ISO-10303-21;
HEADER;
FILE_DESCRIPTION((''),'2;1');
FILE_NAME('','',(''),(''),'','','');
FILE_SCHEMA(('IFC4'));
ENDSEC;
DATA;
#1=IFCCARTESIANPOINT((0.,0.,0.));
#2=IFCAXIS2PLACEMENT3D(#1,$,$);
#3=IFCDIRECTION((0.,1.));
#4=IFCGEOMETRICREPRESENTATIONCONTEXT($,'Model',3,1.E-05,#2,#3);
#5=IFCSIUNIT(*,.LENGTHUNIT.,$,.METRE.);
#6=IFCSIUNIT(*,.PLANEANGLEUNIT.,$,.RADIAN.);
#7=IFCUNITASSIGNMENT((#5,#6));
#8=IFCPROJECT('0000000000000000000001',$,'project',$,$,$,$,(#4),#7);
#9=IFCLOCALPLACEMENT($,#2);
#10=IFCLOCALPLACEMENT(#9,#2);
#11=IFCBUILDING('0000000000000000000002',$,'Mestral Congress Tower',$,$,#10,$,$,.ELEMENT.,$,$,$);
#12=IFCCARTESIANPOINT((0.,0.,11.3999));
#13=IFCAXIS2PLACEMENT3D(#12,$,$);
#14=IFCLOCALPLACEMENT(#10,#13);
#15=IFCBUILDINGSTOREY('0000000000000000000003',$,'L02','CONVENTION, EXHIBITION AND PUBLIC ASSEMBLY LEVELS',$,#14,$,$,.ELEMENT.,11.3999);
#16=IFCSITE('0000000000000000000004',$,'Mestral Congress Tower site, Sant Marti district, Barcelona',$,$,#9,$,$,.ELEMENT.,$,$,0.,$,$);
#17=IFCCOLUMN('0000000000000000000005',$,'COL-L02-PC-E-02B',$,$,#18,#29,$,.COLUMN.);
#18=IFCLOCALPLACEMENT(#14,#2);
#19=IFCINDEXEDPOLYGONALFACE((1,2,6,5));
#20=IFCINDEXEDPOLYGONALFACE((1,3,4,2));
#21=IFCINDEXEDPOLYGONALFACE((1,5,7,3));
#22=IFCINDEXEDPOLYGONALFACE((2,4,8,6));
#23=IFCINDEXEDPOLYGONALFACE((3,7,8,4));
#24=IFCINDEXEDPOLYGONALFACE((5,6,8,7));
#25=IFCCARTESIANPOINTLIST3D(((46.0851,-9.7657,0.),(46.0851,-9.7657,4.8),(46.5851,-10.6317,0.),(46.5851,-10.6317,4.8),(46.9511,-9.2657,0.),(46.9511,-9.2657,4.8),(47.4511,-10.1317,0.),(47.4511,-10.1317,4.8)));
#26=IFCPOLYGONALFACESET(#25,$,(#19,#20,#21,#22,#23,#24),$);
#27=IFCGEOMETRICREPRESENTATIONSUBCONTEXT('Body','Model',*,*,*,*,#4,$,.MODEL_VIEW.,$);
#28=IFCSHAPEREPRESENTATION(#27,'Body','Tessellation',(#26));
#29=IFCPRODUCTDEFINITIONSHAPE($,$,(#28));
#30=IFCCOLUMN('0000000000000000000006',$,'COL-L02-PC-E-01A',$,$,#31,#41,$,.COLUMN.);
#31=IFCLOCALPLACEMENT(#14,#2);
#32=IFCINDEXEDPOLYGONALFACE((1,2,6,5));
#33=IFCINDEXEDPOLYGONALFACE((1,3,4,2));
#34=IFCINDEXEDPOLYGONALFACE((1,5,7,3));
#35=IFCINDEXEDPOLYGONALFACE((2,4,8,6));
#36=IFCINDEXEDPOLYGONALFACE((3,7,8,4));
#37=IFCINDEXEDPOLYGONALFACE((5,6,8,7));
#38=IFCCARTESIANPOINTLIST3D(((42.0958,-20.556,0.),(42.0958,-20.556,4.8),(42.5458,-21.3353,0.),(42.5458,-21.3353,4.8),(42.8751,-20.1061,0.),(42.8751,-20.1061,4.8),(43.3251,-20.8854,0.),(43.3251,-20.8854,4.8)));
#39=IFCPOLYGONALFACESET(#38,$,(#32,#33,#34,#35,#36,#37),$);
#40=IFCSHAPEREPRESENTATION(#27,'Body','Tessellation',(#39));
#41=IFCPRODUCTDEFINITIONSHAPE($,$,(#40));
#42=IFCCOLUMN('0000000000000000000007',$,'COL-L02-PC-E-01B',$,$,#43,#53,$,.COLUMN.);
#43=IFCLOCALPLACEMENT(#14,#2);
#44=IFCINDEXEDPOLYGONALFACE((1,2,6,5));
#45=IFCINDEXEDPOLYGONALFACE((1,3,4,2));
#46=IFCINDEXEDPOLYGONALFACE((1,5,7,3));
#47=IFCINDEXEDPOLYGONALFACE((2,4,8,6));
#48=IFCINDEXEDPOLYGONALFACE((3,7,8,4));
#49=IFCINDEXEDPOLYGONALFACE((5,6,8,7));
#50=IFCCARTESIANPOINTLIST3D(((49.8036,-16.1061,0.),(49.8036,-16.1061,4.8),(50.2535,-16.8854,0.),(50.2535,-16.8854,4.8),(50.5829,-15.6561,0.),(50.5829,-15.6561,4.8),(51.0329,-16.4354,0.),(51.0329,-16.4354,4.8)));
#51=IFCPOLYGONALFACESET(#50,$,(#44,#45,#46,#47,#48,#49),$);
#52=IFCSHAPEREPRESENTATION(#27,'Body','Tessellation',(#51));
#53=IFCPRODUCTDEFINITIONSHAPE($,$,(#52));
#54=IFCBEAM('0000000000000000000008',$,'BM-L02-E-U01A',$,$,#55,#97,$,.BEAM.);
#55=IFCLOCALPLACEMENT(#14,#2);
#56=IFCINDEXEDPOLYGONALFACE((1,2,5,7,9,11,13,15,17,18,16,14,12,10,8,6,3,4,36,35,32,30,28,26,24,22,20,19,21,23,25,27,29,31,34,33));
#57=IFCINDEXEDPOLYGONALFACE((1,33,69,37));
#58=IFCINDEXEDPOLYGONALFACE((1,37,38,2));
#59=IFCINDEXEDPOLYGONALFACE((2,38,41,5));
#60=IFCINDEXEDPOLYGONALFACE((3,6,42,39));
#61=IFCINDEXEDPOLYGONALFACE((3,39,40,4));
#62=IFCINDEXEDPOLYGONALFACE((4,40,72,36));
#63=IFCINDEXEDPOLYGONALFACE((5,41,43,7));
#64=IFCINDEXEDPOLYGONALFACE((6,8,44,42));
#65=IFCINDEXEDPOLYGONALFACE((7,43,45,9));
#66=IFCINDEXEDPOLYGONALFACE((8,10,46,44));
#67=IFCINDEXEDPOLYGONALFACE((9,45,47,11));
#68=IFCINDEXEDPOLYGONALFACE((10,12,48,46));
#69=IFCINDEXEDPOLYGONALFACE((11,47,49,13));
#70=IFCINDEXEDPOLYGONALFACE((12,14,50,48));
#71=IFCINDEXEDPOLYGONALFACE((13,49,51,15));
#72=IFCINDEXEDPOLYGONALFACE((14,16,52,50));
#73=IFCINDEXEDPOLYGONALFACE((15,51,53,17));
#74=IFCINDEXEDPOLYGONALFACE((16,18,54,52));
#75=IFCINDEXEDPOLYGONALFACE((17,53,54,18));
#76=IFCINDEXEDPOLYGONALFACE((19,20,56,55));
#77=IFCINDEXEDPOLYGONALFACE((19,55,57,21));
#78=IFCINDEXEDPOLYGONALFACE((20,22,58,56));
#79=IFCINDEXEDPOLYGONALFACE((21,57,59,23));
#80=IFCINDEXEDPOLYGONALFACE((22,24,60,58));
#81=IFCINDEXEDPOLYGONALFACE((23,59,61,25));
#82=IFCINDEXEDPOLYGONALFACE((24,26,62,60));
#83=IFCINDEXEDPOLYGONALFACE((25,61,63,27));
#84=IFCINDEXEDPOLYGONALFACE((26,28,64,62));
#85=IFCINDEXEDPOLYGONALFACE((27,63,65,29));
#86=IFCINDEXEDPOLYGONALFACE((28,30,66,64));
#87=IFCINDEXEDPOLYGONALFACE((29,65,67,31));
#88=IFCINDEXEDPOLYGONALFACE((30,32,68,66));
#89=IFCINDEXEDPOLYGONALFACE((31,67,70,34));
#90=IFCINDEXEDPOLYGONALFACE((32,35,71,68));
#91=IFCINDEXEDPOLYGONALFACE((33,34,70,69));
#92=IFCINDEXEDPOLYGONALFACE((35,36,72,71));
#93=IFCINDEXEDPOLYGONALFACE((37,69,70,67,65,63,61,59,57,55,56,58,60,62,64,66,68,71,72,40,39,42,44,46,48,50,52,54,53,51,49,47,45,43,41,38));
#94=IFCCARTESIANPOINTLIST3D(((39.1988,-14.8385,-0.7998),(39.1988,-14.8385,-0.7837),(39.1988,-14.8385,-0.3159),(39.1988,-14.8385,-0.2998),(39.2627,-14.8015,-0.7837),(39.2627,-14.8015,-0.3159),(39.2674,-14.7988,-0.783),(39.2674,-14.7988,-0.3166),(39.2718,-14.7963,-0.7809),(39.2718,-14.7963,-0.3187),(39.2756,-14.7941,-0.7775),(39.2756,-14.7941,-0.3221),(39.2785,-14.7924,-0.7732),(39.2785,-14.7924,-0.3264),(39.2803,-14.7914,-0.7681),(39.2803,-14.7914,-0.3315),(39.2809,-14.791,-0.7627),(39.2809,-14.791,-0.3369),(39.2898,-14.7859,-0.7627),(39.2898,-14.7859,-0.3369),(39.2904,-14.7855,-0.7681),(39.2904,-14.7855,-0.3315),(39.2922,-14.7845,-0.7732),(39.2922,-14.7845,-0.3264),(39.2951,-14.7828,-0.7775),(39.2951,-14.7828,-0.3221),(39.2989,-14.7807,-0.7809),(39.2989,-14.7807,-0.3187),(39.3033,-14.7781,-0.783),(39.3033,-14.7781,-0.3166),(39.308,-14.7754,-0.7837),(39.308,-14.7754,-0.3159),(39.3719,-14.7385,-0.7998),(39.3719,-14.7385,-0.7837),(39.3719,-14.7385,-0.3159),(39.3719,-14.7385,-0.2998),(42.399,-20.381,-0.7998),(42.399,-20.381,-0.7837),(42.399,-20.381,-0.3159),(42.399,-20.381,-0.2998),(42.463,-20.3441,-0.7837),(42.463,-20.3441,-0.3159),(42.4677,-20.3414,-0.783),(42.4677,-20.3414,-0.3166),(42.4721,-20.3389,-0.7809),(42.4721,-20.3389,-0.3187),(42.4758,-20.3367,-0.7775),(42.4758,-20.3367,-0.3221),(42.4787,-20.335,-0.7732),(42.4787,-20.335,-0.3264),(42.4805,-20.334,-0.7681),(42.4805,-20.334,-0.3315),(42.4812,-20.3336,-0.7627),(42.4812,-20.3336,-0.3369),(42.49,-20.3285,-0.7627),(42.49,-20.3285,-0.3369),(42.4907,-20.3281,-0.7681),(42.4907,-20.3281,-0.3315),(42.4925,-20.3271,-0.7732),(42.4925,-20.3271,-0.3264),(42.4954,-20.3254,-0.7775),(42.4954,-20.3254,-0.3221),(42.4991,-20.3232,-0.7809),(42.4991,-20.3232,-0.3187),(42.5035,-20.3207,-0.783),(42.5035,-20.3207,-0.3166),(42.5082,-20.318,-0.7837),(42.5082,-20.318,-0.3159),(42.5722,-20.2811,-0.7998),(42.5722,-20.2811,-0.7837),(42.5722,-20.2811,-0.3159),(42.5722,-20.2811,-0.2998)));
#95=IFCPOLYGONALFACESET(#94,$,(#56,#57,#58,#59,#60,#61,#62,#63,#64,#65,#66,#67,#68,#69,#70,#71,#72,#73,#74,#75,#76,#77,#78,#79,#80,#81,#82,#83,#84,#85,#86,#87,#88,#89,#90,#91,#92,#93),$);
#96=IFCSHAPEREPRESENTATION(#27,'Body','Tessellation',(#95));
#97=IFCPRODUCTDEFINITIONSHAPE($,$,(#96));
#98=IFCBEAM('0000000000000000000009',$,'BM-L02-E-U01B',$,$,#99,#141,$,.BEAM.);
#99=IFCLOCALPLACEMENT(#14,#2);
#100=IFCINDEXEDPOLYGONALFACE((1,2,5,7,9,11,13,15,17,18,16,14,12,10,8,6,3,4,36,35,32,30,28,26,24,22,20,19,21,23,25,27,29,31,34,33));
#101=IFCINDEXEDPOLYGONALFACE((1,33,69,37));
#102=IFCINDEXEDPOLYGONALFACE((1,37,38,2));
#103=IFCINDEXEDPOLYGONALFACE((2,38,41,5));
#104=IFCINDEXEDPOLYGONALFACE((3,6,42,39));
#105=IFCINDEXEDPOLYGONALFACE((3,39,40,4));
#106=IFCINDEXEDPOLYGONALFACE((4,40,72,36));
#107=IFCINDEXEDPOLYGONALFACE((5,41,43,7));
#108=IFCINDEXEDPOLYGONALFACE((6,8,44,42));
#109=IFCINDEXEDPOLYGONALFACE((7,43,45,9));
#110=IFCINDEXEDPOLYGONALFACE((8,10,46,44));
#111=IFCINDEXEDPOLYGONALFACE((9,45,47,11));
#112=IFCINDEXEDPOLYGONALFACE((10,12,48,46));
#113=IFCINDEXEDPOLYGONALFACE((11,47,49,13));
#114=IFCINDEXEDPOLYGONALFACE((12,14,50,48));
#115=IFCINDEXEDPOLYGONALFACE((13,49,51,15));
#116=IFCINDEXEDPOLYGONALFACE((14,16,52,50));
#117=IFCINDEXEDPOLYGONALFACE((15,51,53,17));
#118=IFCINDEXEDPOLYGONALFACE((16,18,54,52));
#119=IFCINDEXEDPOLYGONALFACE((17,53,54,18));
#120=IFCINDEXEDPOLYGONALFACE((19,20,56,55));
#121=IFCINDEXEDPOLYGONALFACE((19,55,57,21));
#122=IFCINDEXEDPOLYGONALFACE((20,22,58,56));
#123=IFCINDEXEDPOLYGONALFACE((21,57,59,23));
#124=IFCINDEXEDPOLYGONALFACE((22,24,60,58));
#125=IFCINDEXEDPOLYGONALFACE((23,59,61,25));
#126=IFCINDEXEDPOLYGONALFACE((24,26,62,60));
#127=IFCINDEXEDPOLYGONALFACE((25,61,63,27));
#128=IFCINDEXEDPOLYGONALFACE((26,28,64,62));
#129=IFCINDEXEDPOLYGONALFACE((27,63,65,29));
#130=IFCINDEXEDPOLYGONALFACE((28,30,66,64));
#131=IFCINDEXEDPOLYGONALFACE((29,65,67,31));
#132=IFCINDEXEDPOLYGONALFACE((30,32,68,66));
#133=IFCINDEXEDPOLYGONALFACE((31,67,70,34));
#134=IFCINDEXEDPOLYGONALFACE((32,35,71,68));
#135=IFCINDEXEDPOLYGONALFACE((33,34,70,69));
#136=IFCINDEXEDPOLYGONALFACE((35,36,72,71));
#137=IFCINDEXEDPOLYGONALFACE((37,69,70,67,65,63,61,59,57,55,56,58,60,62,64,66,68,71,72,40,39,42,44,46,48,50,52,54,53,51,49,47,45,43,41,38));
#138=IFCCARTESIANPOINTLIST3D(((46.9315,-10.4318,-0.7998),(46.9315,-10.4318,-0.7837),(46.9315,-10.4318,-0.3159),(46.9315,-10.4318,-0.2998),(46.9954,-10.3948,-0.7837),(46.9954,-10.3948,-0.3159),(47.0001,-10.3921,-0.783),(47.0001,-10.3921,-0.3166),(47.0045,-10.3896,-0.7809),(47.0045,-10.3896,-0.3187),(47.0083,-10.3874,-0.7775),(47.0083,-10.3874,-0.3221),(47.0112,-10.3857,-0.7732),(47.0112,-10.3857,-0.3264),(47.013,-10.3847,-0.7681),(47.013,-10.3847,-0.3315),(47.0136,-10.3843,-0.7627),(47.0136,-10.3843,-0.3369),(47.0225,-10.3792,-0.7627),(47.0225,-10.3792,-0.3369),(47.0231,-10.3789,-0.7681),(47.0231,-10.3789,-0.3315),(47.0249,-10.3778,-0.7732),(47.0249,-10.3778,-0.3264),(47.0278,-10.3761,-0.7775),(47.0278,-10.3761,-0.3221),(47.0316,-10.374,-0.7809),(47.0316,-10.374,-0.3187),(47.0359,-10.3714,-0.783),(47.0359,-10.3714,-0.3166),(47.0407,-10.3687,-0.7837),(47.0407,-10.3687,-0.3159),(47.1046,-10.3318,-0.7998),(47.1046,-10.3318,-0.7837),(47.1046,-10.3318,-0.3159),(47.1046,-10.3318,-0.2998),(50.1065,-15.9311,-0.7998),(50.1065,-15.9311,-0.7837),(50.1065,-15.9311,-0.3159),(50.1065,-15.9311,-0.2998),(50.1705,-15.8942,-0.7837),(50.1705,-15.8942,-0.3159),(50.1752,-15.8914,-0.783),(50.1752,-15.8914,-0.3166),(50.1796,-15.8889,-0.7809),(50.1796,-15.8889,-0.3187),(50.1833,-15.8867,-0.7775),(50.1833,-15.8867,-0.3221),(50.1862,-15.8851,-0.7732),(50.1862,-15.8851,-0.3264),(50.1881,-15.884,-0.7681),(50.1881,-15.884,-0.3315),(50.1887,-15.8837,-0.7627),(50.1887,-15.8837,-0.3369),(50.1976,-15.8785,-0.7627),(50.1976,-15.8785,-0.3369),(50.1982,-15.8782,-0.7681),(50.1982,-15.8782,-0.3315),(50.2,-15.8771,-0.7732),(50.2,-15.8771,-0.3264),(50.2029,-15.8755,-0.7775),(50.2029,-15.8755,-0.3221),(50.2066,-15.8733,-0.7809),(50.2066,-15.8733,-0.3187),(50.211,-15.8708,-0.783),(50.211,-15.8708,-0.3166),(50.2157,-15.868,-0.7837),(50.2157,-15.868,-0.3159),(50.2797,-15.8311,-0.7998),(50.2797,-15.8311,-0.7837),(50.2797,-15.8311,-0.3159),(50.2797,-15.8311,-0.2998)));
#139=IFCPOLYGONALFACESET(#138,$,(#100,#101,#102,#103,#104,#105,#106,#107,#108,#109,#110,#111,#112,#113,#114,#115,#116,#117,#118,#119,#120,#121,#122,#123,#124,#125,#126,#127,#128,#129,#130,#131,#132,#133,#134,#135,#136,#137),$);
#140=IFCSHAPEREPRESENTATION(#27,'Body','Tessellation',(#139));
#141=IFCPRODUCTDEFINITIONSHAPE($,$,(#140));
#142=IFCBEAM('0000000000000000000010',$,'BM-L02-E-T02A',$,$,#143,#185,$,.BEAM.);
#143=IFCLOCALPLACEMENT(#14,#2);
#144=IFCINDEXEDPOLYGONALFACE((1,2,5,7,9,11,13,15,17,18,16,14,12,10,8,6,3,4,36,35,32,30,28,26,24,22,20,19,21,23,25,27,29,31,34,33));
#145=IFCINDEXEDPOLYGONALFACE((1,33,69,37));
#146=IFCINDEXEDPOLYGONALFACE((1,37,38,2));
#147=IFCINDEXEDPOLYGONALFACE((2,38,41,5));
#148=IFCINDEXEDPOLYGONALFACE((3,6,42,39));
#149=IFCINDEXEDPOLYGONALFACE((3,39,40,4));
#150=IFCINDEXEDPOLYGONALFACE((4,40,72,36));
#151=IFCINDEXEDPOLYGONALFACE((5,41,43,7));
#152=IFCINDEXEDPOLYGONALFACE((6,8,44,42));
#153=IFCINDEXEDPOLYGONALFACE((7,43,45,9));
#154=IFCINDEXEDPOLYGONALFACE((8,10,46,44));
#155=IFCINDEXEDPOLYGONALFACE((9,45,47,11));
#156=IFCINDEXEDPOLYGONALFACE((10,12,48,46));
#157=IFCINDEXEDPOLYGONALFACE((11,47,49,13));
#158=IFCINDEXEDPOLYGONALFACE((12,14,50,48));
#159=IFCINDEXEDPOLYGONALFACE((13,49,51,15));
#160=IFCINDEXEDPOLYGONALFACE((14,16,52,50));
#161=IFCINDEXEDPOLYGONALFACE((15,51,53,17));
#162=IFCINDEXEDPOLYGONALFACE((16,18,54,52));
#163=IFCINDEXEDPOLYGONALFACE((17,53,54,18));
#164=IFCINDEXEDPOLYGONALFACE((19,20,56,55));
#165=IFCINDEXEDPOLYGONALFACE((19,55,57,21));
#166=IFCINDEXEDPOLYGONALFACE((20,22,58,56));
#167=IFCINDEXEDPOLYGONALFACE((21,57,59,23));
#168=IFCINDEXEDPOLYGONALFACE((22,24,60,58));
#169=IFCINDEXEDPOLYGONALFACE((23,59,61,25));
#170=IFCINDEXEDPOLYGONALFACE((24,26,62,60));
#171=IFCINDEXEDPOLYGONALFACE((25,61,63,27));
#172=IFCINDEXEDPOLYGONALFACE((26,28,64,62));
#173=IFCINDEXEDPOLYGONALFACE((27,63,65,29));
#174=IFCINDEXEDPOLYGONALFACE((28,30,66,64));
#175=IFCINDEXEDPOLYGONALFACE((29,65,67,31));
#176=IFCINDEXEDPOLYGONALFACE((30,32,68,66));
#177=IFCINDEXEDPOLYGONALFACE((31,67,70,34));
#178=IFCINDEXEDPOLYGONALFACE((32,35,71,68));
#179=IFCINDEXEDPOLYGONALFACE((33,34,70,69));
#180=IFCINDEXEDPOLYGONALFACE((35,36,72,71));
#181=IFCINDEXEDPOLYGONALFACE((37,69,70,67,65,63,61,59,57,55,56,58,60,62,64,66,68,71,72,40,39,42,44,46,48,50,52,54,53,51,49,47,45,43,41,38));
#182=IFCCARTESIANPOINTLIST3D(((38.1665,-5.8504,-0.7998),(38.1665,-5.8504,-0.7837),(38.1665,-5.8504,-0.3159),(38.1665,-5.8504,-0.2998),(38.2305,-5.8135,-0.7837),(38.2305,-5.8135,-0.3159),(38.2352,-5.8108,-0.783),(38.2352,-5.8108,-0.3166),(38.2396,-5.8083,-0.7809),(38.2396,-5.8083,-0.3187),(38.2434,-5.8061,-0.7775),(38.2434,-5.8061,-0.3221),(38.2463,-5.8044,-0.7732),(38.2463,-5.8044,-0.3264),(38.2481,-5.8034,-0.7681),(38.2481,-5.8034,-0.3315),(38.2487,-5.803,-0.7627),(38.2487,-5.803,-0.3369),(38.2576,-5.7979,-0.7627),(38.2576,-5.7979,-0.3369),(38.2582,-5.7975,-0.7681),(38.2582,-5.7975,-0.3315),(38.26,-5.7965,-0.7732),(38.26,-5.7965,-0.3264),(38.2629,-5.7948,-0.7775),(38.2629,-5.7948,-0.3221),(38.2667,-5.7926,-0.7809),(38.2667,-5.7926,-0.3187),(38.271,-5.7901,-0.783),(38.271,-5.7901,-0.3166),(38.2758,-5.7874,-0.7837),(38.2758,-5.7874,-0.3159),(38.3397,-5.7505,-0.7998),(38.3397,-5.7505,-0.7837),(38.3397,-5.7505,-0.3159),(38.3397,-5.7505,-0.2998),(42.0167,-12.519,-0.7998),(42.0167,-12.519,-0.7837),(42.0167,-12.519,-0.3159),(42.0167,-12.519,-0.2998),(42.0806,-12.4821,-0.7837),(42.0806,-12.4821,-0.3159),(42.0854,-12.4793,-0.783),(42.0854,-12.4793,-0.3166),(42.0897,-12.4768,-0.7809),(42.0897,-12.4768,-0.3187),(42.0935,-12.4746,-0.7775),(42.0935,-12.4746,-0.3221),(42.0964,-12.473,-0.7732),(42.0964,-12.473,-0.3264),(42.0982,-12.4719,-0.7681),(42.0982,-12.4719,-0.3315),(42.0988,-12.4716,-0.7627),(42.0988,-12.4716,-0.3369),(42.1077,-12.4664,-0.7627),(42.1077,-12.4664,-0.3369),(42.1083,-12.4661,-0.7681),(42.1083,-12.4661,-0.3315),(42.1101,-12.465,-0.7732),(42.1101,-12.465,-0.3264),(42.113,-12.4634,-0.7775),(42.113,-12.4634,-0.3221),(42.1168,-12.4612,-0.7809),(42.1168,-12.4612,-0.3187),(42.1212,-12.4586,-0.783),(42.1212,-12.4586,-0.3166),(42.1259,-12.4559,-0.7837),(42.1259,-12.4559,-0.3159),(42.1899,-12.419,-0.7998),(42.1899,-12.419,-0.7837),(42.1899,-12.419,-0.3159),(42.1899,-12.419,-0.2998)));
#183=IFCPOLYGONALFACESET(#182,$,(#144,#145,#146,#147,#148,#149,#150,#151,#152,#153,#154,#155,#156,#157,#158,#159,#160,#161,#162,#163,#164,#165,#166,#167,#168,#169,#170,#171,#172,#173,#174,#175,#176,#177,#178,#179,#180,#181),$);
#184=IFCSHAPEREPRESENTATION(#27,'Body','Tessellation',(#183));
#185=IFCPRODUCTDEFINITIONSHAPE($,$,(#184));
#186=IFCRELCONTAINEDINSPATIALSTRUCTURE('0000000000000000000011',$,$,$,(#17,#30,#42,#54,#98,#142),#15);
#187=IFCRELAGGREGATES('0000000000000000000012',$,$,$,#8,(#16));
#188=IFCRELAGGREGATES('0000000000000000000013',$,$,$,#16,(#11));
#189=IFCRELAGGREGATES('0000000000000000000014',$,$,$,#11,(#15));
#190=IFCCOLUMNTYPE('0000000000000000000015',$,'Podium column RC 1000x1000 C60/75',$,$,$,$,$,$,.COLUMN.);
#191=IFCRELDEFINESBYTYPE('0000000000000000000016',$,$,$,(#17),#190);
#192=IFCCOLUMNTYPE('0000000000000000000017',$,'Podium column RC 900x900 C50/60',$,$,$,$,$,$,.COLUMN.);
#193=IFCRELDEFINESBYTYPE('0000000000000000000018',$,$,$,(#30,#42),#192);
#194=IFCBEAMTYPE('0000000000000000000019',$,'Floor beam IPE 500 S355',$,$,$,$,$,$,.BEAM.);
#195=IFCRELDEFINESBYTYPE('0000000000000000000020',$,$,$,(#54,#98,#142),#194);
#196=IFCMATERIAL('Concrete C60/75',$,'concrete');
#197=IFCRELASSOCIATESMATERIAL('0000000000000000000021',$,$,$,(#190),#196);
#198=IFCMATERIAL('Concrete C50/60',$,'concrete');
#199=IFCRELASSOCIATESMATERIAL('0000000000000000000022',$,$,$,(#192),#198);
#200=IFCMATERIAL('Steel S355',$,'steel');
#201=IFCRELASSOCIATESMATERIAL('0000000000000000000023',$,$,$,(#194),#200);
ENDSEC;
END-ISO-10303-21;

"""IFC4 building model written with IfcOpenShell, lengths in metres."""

from ifc_helpers import new_model, si_unit, direction, frame, origin, origin_2d, place, context, subcontext, project, spatial, rectangle, i_section, extrude, material, material_profile, profile_set, type_object, element, save


model = new_model("IFC4")

# Units and contexts
model_context = context("Model", 3, precision=1e-05, world=origin(), true_north=direction((0.0, 1.0)))
body_context = subcontext(model_context, "Body", "Model", "MODEL_VIEW")
ifc_project = project(units=[si_unit("LENGTHUNIT", "METRE"), si_unit("PLANEANGLEUNIT", "RADIAN")], contexts=[model_context])

# Site, building, storey
site_placement = place(None, origin())
site = spatial("IfcSite", under=ifc_project, at=site_placement, Name="Mestral Congress Tower site, Sant Marti district, Barcelona", CompositionType="ELEMENT", RefElevation=0.0)
building_placement = place(site_placement, origin())
building = spatial("IfcBuilding", under=site, at=building_placement, Name="Mestral Congress Tower", CompositionType="ELEMENT")
storey_placement = place(building_placement, frame((0.0, 0.0, 11.3999)))
storey = spatial("IfcBuildingStorey", under=building, at=storey_placement, Name="L02", Description="CONVENTION, EXHIBITION AND PUBLIC ASSEMBLY LEVELS", CompositionType="ELEMENT", Elevation=11.3999)

# Columns
ifc_material_1 = material(Name="Concrete C60/75", Category="concrete")
ifc_material_profile_1 = material_profile(ifc_material_1, rectangle(XDim=1.0, YDim=1.0, at=origin_2d()), Name="RC 1000x1000")
ifc_profile_set_1 = profile_set([ifc_material_profile_1], Name="Concrete C60/75")
column_type_1 = type_object("IfcColumnType", Name="Podium column RC 1000x1000 C60/75", PredefinedType="COLUMN", material=ifc_profile_set_1)
column_placement = place(storey_placement, frame((46.7681, -9.9487, 0.0), z_axis=(0.0, 0.0, 1.0), x_axis=(-0.5, 0.866025, 0.0)))
element("IfcColumn", 1, at=column_placement, inside=storey, type_object=column_type_1, Name="COL-L02-PC-E-02B", PredefinedType="COLUMN", context=body_context, shape_type="SweptSolid", body=[
    extrude(rectangle(XDim=1.0, YDim=1.0, at=origin_2d()), origin(), (0.0, 0.0, 1.0), 4.8),
])
ifc_material_2 = material(Name="Concrete C50/60", Category="concrete")
ifc_material_profile_2 = material_profile(ifc_material_2, rectangle(XDim=0.8999, YDim=0.8999, at=origin_2d()), Name="RC 900x900")
ifc_profile_set_2 = profile_set([ifc_material_profile_2], Name="Concrete C50/60")
column_type_2 = type_object("IfcColumnType", Name="Podium column RC 900x900 C50/60", PredefinedType="COLUMN", material=ifc_profile_set_2)
for number, where, z_axis, x_axis, name in (
    (2, (42.7104, -20.7207, 0.0), (0.0, 0.0, 1.0), (-0.5, 0.866025, 0.0), "COL-L02-PC-E-01A"),
    (3, (50.4182, -16.2708, 0.0), (0.0, 0.0, 1.0), (-0.5, 0.866025, 0.0), "COL-L02-PC-E-01B"),
):
    element("IfcColumn", number, at=place(storey_placement, frame(where, z_axis=z_axis, x_axis=x_axis)), inside=storey, type_object=column_type_2, Name=name, PredefinedType="COLUMN", context=body_context, shape_type="SweptSolid", body=[
        extrude(rectangle(XDim=0.8999, YDim=0.8999, at=origin_2d()), origin(), (0.0, 0.0, 1.0), 4.8),
    ])

# Beams
ifc_material_3 = material(Name="Steel S355", Category="steel")
ifc_material_profile_3 = material_profile(ifc_material_3, i_section(OverallWidth=0.2, OverallDepth=0.5, WebThickness=0.0103, FlangeThickness=0.0161, FilletRadius=0.021, at=origin_2d()), Name="IPE 500")
ifc_profile_set_3 = profile_set([ifc_material_profile_3], Name="Steel S355")
beam_type_1 = type_object("IfcBeamType", Name="Floor beam IPE 500 S355", PredefinedType="BEAM", material=ifc_profile_set_3)
beam_1_placement = place(storey_placement, frame((42.4856, -20.3311, -0.5498), z_axis=(-0.500028, 0.866009, 0.0), x_axis=(-0.866009, -0.500028, 0.0)))
element("IfcBeam", 4, at=beam_1_placement, inside=storey, type_object=beam_type_1, Name="BM-L02-E-U01A", PredefinedType="BEAM", context=body_context, shape_type="SweptSolid", body=[
    extrude(i_section(OverallWidth=0.2, OverallDepth=0.5, WebThickness=0.0103, FlangeThickness=0.0161, FilletRadius=0.021, at=origin_2d()), origin(), (0.0, 0.0, 1.0), 6.4001),
])
beam_2_placement = place(storey_placement, frame((50.1931, -15.8811, -0.5498), z_axis=(-0.500005, 0.866022, 0.0), x_axis=(-0.866022, -0.500005, 0.0)))
element("IfcBeam", 5, at=beam_2_placement, inside=storey, type_object=beam_type_1, Name="BM-L02-E-U01B", PredefinedType="BEAM", context=body_context, shape_type="SweptSolid", body=[
    extrude(i_section(OverallWidth=0.2, OverallDepth=0.5, WebThickness=0.0103, FlangeThickness=0.0161, FilletRadius=0.021, at=origin_2d()), origin(), (0.0, 0.0, 1.0), 6.3501),
])
beam_3_placement = place(storey_placement, frame((42.1033, -12.469, -0.5498), z_axis=(-0.500006, 0.866022, 0.0), x_axis=(-0.866022, -0.500006, 0.0)))
element("IfcBeam", 6, at=beam_3_placement, inside=storey, type_object=beam_type_1, Name="BM-L02-E-T02A", PredefinedType="BEAM", context=body_context, shape_type="SweptSolid", body=[
    extrude(i_section(OverallWidth=0.2, OverallDepth=0.5, WebThickness=0.0103, FlangeThickness=0.0161, FilletRadius=0.021, at=origin_2d()), origin(), (0.0, 0.0, 1.0), 7.7002),
])

save(model, "model.ifc")
